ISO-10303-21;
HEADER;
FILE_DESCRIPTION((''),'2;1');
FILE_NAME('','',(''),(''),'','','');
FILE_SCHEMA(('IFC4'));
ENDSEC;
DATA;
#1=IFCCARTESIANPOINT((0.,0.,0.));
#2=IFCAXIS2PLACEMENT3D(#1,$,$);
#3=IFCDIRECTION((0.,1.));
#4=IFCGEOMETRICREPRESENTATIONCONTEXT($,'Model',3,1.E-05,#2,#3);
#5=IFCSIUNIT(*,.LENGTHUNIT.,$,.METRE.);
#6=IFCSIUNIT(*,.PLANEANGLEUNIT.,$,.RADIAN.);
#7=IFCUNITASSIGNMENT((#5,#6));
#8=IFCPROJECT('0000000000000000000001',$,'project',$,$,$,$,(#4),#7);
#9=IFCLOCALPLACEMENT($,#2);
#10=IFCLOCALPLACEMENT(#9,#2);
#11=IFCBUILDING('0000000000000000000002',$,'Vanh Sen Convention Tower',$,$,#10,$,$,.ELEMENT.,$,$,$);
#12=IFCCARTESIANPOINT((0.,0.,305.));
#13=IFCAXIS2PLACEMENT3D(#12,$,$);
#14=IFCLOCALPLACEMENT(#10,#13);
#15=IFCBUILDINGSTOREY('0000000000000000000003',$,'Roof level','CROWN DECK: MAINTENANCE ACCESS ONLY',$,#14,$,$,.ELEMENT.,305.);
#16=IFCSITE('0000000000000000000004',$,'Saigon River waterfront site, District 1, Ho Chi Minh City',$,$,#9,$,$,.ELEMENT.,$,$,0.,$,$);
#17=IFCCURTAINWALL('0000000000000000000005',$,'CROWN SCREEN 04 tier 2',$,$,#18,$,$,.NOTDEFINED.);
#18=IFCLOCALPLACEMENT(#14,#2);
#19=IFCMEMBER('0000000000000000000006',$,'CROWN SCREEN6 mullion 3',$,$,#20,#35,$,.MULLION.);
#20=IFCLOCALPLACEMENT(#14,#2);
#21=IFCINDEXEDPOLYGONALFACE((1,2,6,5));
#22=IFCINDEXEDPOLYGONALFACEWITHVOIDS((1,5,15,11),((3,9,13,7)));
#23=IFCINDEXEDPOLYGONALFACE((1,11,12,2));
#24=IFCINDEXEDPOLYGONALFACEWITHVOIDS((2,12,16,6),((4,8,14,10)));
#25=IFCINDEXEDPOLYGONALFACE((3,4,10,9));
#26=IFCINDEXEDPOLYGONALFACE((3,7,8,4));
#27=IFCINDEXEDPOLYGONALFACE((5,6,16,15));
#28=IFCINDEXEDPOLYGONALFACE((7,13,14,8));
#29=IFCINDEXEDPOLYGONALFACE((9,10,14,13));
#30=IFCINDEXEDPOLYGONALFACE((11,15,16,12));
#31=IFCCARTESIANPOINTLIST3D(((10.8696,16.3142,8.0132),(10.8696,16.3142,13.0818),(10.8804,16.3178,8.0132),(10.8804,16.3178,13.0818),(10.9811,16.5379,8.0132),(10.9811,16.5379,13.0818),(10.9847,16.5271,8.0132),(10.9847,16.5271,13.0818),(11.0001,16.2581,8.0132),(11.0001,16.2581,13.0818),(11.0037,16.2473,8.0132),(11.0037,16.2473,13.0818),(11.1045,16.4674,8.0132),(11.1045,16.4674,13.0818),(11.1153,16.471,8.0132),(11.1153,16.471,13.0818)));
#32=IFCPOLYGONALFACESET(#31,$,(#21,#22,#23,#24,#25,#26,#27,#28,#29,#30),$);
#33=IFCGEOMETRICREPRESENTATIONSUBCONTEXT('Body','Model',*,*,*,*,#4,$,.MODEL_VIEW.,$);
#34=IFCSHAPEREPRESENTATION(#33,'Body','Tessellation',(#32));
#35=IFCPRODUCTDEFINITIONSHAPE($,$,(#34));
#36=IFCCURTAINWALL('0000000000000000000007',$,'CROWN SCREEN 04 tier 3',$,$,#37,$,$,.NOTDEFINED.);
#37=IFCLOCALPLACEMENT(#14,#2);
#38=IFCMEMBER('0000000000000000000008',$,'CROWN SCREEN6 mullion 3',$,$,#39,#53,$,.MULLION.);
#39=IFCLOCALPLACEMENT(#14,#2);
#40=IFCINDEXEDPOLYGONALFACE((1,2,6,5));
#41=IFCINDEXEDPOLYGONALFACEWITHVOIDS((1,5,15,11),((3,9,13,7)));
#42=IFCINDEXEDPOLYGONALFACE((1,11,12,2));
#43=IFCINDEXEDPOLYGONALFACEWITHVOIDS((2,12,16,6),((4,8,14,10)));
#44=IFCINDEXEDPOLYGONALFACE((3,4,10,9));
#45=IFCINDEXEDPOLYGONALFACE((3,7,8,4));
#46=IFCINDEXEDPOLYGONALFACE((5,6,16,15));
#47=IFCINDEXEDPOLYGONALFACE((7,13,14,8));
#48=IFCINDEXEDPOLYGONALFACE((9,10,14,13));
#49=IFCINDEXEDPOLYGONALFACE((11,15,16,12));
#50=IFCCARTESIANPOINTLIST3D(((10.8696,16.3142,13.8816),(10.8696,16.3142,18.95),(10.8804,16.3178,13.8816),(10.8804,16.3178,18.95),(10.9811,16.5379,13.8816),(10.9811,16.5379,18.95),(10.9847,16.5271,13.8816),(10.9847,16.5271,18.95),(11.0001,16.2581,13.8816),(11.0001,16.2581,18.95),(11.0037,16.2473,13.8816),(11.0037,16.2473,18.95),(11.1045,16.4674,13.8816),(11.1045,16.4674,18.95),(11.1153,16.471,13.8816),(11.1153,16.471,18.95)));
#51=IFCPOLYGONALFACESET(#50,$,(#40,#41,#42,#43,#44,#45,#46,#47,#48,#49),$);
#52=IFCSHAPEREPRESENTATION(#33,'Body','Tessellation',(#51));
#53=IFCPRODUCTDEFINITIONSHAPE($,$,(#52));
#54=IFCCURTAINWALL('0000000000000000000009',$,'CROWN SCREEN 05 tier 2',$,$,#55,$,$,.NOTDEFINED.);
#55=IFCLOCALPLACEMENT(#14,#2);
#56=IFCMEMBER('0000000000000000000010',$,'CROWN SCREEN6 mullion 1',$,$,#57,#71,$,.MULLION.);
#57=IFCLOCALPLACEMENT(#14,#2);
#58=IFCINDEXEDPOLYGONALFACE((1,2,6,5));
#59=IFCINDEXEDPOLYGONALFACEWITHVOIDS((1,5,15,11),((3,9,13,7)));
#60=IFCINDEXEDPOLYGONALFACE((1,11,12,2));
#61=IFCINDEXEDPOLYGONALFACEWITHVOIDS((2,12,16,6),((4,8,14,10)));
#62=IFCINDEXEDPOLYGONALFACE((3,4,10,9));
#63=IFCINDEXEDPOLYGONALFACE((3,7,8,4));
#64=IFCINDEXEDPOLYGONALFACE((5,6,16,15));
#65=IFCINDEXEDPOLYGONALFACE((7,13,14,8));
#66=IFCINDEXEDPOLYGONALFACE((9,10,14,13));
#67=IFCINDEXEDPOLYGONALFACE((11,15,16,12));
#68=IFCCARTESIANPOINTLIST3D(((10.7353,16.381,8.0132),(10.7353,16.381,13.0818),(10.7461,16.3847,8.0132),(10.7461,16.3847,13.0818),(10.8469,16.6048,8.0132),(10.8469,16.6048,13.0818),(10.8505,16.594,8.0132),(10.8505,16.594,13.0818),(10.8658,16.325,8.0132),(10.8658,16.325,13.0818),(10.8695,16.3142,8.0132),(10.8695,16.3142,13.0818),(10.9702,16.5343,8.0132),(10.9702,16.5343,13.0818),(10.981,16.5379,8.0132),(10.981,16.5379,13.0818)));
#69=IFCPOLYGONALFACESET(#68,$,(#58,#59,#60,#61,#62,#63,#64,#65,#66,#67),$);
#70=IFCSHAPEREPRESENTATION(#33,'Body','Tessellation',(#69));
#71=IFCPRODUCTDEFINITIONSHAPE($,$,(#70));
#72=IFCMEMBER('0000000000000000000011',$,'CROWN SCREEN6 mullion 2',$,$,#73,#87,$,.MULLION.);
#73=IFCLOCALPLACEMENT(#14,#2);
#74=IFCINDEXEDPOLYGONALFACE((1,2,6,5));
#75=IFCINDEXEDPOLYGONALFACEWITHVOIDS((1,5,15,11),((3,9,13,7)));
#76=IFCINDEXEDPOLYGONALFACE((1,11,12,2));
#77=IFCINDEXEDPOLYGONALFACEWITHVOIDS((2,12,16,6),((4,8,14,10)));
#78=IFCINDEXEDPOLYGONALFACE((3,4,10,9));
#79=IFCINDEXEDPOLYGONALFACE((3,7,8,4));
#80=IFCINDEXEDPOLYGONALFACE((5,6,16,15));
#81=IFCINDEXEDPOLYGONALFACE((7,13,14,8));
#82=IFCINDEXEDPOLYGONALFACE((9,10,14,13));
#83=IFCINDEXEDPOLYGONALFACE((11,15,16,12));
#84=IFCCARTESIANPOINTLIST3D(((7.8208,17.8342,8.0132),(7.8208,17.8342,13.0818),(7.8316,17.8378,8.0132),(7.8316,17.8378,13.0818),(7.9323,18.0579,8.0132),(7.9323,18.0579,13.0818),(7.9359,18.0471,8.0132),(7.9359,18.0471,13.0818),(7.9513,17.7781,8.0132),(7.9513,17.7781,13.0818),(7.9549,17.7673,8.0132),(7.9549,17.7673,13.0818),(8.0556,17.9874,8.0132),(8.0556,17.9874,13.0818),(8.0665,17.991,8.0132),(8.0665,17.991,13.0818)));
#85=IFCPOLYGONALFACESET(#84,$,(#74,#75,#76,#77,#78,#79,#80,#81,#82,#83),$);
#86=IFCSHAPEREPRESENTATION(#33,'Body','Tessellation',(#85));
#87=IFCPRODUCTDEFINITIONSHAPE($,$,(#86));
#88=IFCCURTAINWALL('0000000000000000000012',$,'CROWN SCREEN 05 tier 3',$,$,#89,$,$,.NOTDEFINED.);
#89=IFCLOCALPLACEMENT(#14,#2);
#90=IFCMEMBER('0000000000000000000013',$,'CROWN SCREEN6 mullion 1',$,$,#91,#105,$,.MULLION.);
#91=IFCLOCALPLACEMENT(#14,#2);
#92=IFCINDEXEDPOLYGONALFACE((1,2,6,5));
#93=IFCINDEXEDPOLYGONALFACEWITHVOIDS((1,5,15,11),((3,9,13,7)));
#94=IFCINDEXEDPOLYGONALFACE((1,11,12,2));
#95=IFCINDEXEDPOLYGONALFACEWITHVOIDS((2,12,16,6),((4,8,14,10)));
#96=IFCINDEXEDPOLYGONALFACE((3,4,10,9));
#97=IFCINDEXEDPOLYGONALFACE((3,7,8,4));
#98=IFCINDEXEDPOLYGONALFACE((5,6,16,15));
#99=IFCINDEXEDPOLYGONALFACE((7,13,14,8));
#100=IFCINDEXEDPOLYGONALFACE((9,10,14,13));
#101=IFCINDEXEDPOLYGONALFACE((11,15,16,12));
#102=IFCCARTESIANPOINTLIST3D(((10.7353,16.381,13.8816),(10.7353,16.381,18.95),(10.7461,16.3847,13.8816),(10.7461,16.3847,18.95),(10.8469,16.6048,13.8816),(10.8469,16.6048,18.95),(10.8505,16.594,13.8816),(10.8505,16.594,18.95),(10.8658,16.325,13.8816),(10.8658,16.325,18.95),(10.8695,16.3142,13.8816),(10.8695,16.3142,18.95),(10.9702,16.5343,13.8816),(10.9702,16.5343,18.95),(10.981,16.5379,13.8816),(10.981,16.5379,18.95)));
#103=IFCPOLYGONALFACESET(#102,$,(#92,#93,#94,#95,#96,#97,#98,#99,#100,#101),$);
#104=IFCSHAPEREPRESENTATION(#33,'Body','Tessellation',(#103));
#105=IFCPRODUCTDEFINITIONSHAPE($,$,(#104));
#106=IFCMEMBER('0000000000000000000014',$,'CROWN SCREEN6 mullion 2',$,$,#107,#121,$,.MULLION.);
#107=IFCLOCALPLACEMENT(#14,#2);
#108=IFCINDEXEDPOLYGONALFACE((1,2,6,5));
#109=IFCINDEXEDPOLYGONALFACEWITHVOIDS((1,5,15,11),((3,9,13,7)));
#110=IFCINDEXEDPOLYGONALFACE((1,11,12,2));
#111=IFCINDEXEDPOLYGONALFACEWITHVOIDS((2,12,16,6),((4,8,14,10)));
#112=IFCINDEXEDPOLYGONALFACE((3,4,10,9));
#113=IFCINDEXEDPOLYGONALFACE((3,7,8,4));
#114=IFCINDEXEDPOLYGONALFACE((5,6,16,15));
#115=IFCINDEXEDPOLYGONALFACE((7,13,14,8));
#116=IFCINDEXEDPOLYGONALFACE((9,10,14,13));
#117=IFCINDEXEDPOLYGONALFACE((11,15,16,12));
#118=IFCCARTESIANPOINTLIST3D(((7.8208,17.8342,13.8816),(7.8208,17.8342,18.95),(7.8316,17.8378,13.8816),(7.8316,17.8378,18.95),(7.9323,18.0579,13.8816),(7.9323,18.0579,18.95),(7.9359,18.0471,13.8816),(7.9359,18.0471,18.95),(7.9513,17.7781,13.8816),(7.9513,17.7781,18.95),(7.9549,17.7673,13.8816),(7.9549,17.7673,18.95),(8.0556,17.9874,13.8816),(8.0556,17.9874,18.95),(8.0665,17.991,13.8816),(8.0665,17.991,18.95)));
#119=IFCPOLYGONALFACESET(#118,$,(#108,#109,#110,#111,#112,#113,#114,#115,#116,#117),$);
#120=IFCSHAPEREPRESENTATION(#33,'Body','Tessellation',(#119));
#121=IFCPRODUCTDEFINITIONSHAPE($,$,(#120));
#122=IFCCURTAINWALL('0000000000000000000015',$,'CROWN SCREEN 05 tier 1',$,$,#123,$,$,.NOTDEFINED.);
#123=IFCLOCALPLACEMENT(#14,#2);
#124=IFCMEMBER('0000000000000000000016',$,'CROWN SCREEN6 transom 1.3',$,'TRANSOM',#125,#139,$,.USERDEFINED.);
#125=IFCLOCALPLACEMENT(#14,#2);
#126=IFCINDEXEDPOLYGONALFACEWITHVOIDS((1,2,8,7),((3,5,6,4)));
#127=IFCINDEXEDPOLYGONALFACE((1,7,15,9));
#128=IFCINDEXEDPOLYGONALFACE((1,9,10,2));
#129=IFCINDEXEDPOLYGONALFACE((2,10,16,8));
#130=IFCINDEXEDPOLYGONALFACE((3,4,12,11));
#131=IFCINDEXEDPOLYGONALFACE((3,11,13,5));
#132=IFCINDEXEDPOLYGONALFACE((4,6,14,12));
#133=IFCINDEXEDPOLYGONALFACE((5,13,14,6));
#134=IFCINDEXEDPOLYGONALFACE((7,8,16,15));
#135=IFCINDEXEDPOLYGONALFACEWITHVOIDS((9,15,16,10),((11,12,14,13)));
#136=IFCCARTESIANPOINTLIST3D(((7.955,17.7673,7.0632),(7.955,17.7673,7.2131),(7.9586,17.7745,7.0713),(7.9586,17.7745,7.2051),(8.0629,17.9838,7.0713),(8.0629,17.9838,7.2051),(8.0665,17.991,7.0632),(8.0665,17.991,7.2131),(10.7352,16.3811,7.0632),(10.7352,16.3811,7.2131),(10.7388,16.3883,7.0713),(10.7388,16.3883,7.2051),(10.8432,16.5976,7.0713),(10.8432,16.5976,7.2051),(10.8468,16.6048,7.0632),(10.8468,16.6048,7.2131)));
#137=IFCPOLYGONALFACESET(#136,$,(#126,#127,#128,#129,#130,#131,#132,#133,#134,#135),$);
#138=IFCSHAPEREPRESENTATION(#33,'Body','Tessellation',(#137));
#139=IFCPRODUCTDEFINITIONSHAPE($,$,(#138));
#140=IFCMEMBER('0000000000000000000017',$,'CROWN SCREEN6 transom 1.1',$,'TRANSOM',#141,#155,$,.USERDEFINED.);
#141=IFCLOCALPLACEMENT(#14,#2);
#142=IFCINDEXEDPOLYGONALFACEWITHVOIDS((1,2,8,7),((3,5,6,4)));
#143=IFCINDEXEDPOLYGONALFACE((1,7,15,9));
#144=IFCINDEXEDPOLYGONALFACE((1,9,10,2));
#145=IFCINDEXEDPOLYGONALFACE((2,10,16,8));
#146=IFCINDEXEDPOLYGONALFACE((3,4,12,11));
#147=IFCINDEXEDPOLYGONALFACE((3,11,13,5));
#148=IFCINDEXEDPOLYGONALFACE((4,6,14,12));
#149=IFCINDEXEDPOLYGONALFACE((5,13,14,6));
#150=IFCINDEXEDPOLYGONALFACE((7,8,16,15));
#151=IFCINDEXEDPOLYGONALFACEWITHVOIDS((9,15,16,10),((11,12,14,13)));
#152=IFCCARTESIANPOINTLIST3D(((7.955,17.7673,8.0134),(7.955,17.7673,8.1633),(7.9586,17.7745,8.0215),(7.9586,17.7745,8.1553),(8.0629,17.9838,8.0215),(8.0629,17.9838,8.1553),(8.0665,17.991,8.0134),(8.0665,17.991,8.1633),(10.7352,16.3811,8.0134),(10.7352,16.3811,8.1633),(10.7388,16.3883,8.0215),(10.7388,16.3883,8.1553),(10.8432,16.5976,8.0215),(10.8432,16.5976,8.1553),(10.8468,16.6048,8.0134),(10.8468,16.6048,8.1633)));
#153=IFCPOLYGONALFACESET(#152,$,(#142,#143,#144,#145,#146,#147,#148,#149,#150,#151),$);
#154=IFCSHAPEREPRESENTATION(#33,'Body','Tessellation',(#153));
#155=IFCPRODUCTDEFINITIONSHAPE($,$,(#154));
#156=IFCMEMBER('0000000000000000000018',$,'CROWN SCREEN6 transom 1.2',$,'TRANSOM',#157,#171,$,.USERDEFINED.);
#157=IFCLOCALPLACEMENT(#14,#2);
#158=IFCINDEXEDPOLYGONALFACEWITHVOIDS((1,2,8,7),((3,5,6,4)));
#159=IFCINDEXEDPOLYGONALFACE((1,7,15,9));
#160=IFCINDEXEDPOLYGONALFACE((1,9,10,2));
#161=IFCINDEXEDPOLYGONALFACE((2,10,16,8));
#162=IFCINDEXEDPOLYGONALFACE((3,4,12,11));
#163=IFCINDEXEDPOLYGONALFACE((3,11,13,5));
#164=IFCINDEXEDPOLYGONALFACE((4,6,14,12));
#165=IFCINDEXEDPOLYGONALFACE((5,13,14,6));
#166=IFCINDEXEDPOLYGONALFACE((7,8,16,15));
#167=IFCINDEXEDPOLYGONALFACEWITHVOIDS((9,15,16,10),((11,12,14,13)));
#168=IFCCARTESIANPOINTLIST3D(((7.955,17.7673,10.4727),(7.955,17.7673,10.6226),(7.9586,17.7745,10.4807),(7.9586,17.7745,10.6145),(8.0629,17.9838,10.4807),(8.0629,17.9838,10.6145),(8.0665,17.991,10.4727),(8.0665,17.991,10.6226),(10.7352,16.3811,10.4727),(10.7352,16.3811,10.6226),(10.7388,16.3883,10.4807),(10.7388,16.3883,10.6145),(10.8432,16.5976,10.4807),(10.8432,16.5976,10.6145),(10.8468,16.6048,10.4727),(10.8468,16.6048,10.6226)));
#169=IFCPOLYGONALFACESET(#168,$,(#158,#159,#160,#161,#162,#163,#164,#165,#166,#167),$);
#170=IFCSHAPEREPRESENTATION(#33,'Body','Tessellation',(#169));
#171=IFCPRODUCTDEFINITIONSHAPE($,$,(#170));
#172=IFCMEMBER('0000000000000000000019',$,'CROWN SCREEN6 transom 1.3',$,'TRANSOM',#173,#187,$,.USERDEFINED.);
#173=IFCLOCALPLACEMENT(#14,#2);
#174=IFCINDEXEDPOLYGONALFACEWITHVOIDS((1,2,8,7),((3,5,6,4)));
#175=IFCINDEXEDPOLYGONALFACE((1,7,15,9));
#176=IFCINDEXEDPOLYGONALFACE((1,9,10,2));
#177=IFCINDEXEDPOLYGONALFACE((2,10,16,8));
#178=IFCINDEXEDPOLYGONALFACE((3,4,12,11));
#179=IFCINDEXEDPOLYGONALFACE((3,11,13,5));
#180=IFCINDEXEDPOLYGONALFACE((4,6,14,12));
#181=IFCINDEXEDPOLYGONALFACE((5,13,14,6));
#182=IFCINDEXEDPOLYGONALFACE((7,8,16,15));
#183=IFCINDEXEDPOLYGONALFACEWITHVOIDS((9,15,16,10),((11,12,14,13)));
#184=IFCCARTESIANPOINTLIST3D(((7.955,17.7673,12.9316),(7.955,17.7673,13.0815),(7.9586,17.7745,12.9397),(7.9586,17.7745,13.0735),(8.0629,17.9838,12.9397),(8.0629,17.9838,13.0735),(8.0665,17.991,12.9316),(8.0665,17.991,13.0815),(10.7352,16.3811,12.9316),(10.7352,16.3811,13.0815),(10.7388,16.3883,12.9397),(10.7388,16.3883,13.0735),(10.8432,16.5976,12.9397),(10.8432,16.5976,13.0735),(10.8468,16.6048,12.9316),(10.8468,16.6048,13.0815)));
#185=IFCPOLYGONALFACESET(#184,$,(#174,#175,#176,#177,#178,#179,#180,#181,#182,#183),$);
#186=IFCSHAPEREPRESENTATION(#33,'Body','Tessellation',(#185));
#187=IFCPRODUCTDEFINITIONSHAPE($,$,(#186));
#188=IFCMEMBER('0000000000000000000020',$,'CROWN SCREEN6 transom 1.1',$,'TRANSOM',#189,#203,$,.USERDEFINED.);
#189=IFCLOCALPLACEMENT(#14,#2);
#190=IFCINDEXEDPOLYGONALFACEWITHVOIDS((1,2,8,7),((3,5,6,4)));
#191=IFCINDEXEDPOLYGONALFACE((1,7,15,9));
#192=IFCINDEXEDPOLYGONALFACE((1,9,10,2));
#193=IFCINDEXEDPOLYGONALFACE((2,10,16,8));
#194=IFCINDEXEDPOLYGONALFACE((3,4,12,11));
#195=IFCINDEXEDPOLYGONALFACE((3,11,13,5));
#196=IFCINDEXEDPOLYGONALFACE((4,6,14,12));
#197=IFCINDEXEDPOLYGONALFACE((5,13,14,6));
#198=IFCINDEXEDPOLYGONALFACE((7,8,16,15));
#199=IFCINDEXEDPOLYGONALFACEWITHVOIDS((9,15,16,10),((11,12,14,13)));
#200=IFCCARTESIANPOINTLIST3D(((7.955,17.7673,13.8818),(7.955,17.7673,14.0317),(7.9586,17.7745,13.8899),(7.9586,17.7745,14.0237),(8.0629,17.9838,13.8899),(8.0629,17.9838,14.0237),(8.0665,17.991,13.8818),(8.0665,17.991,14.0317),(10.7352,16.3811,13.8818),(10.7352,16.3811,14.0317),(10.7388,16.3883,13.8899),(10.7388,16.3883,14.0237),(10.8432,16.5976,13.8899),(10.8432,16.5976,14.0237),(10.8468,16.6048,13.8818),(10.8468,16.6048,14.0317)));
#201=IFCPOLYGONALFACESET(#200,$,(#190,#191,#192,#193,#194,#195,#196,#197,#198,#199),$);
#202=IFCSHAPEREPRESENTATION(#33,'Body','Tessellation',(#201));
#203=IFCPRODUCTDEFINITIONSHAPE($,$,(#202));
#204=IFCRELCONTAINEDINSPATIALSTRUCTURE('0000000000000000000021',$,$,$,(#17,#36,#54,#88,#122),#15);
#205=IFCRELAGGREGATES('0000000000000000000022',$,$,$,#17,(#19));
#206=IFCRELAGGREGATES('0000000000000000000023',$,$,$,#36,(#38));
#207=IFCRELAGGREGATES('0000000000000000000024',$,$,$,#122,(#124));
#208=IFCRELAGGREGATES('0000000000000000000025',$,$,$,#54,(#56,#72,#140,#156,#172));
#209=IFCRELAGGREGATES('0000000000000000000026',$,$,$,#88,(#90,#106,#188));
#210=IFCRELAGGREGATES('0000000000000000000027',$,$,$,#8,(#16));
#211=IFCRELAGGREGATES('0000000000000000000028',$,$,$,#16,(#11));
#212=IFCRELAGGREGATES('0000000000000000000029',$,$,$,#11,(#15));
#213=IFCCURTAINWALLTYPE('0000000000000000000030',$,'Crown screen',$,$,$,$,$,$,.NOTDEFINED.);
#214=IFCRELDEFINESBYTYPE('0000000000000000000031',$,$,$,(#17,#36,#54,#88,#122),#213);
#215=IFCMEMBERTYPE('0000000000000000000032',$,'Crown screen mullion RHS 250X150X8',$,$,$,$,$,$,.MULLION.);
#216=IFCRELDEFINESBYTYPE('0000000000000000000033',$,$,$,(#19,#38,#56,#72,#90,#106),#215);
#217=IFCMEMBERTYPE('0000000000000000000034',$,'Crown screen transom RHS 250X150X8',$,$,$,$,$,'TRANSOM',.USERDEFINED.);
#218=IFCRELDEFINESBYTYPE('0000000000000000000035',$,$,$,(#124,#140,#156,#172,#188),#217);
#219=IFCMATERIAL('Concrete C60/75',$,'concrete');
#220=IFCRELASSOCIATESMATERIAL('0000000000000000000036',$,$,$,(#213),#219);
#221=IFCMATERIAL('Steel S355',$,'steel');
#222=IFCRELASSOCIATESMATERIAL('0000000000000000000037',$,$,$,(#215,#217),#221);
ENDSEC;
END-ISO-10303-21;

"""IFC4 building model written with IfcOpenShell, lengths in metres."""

from ifc_helpers import new_model, si_unit, direction, frame, origin, origin_2d, place, context, subcontext, project, spatial, hollow_rectangle, extrude, material, material_profile, profile_set, type_object, element, aggregate, save


model = new_model("IFC4")

# Units and contexts
model_context = context("Model", 3, precision=1e-05, world=origin(), true_north=direction((0.0, 1.0)))
body_context = subcontext(model_context, "Body", "Model", "MODEL_VIEW")
ifc_project = project(units=[si_unit("LENGTHUNIT", "METRE"), si_unit("PLANEANGLEUNIT", "RADIAN")], contexts=[model_context])

# Site, building, storey
site_placement = place(None, origin())
site = spatial("IfcSite", under=ifc_project, at=site_placement, Name="Saigon River waterfront site, District 1, Ho Chi Minh City", CompositionType="ELEMENT", RefElevation=0.0)
building_placement = place(site_placement, origin())
building = spatial("IfcBuilding", under=site, at=building_placement, Name="Vanh Sen Convention Tower", CompositionType="ELEMENT")
storey_placement = place(building_placement, frame((0.0, 0.0, 305.0)))
storey = spatial("IfcBuildingStorey", under=building, at=storey_placement, Name="Roof level", Description="CROWN DECK: MAINTENANCE ACCESS ONLY", CompositionType="ELEMENT", Elevation=305.0)

# Curtain walls, members
ifc_material_1 = material(Name="Concrete C60/75", Category="concrete")
curtain_wall_type = type_object("IfcCurtainWallType", Name="Crown screen", PredefinedType="NOTDEFINED", material=ifc_material_1)
curtain_wall_1_placement = place(storey_placement, origin())
curtain_wall_1 = element("IfcCurtainWall", 1, at=curtain_wall_1_placement, inside=storey, type_object=curtain_wall_type, Name="CROWN SCREEN 04 tier 2", PredefinedType="NOTDEFINED")
ifc_material_2 = material(Name="Steel S355", Category="steel")
ifc_material_profile_1 = material_profile(ifc_material_2, hollow_rectangle(XDim=0.25, YDim=0.1499, WallThickness=0.0081, at=origin_2d()), Name="RHS 250X150X8")
ifc_profile_set_1 = profile_set([ifc_material_profile_1], Name="Steel S355")
member_type_1 = type_object("IfcMemberType", Name="Crown screen mullion RHS 250X150X8", PredefinedType="MULLION", material=ifc_profile_set_1)
member_1_placement = place(storey_placement, frame((10.9924, 16.3926, 8.0132), z_axis=(0.0, 0.0, 1.0), x_axis=(-0.446205, -0.894931, 0.0)))
member_1 = element("IfcMember", 2, at=member_1_placement, type_object=member_type_1, Name="CROWN SCREEN6 mullion 3", PredefinedType="MULLION", context=body_context, shape_type="SweptSolid", body=[
    extrude(hollow_rectangle(XDim=0.25, YDim=0.1499, WallThickness=0.0081, at=origin_2d()), origin(), (0.0, 0.0, 1.0), 5.0686),
])
aggregate(curtain_wall_1, [member_1])
curtain_wall_2_placement = place(storey_placement, origin())
curtain_wall_2 = element("IfcCurtainWall", 3, at=curtain_wall_2_placement, inside=storey, type_object=curtain_wall_type, Name="CROWN SCREEN 04 tier 3", PredefinedType="NOTDEFINED")
member_2_placement = place(storey_placement, frame((10.9924, 16.3926, 13.8816), z_axis=(0.0, 0.0, 1.0), x_axis=(-0.446205, -0.894931, 0.0)))
member_2 = element("IfcMember", 4, at=member_2_placement, type_object=member_type_1, Name="CROWN SCREEN6 mullion 3", PredefinedType="MULLION", context=body_context, shape_type="SweptSolid", body=[
    extrude(hollow_rectangle(XDim=0.25, YDim=0.1499, WallThickness=0.0081, at=origin_2d()), origin(), (0.0, 0.0, 1.0), 5.0684),
])
aggregate(curtain_wall_2, [member_2])

# Curtain walls, members
curtain_wall_3_placement = place(storey_placement, origin())
curtain_wall_3 = element("IfcCurtainWall", 5, at=curtain_wall_3_placement, inside=storey, type_object=curtain_wall_type, Name="CROWN SCREEN 05 tier 2", PredefinedType="NOTDEFINED")
member_3_placement = place(storey_placement, frame((10.8582, 16.4595, 8.0132), z_axis=(0.0, 0.0, 1.0), x_axis=(-0.446193, -0.894937, 0.0)))
member_3 = element("IfcMember", 6, at=member_3_placement, type_object=member_type_1, Name="CROWN SCREEN6 mullion 1", PredefinedType="MULLION", context=body_context, shape_type="SweptSolid", body=[
    extrude(hollow_rectangle(XDim=0.25, YDim=0.1499, WallThickness=0.0081, at=origin_2d()), origin(), (0.0, 0.0, 1.0), 5.0686),
])
member_4_placement = place(storey_placement, frame((7.9436, 17.9126, 8.0132), z_axis=(0.0, 0.0, 1.0), x_axis=(-0.446193, -0.894937, 0.0)))
member_4 = element("IfcMember", 7, at=member_4_placement, type_object=member_type_1, Name="CROWN SCREEN6 mullion 2", PredefinedType="MULLION", context=body_context, shape_type="SweptSolid", body=[
    extrude(hollow_rectangle(XDim=0.25, YDim=0.1499, WallThickness=0.0081, at=origin_2d()), origin(), (0.0, 0.0, 1.0), 5.0686),
])
curtain_wall_4_placement = place(storey_placement, origin())
curtain_wall_4 = element("IfcCurtainWall", 8, at=curtain_wall_4_placement, inside=storey, type_object=curtain_wall_type, Name="CROWN SCREEN 05 tier 3", PredefinedType="NOTDEFINED")
member_5_placement = place(storey_placement, frame((10.8582, 16.4595, 13.8816), z_axis=(0.0, 0.0, 1.0), x_axis=(-0.446193, -0.894937, 0.0)))
member_5 = element("IfcMember", 9, at=member_5_placement, type_object=member_type_1, Name="CROWN SCREEN6 mullion 1", PredefinedType="MULLION", context=body_context, shape_type="SweptSolid", body=[
    extrude(hollow_rectangle(XDim=0.25, YDim=0.1499, WallThickness=0.0081, at=origin_2d()), origin(), (0.0, 0.0, 1.0), 5.0684),
])
member_6_placement = place(storey_placement, frame((7.9436, 17.9126, 13.8816), z_axis=(0.0, 0.0, 1.0), x_axis=(-0.446193, -0.894937, 0.0)))
member_6 = element("IfcMember", 10, at=member_6_placement, type_object=member_type_1, Name="CROWN SCREEN6 mullion 2", PredefinedType="MULLION", context=body_context, shape_type="SweptSolid", body=[
    extrude(hollow_rectangle(XDim=0.25, YDim=0.1499, WallThickness=0.0081, at=origin_2d()), origin(), (0.0, 0.0, 1.0), 5.0684),
])

# Curtain wall, member
curtain_wall_5_placement = place(storey_placement, origin())
curtain_wall_5 = element("IfcCurtainWall", 11, at=curtain_wall_5_placement, inside=storey, type_object=curtain_wall_type, Name="CROWN SCREEN 05 tier 1", PredefinedType="NOTDEFINED")
ifc_material_profile_2 = material_profile(ifc_material_2, hollow_rectangle(XDim=0.25, YDim=0.1499, WallThickness=0.0081, at=origin_2d()), Name="RHS 250X150X8")
ifc_profile_set_2 = profile_set([ifc_material_profile_2], Name="Steel S355")
member_type_2 = type_object("IfcMemberType", Name="Crown screen transom RHS 250X150X8", ElementType="TRANSOM", PredefinedType="USERDEFINED", material=ifc_profile_set_2)
member_7_placement = place(storey_placement, frame((10.791, 16.4929, 7.1382), z_axis=(-0.89493, 0.446207, 0.0), x_axis=(-0.446207, -0.89493, 0.0)))
member_7 = element("IfcMember", 12, at=member_7_placement, type_object=member_type_2, Name="CROWN SCREEN6 transom 1.3", ObjectType="TRANSOM", PredefinedType="USERDEFINED", context=body_context, shape_type="SweptSolid", body=[
    extrude(hollow_rectangle(XDim=0.25, YDim=0.1499, WallThickness=0.0081, at=origin_2d()), origin(), (0.0, 0.0, 1.0), 3.1067),
])
aggregate(curtain_wall_5, [member_7])

# Members
member_8_placement = place(storey_placement, frame((10.791, 16.4929, 8.0884), z_axis=(-0.89493, 0.446207, 0.0), x_axis=(-0.446207, -0.89493, 0.0)))
member_8 = element("IfcMember", 13, at=member_8_placement, type_object=member_type_2, Name="CROWN SCREEN6 transom 1.1", ObjectType="TRANSOM", PredefinedType="USERDEFINED", context=body_context, shape_type="SweptSolid", body=[
    extrude(hollow_rectangle(XDim=0.25, YDim=0.1499, WallThickness=0.0081, at=origin_2d()), origin(), (0.0, 0.0, 1.0), 3.1067),
])
member_9_placement = place(storey_placement, frame((10.791, 16.4929, 10.5476), z_axis=(-0.89493, 0.446207, 0.0), x_axis=(-0.446207, -0.89493, 0.0)))
member_9 = element("IfcMember", 14, at=member_9_placement, type_object=member_type_2, Name="CROWN SCREEN6 transom 1.2", ObjectType="TRANSOM", PredefinedType="USERDEFINED", context=body_context, shape_type="SweptSolid", body=[
    extrude(hollow_rectangle(XDim=0.25, YDim=0.1499, WallThickness=0.0081, at=origin_2d()), origin(), (0.0, 0.0, 1.0), 3.1067),
])
member_10_placement = place(storey_placement, frame((10.791, 16.4929, 13.0066), z_axis=(-0.89493, 0.446207, 0.0), x_axis=(-0.446207, -0.89493, 0.0)))
member_10 = element("IfcMember", 15, at=member_10_placement, type_object=member_type_2, Name="CROWN SCREEN6 transom 1.3", ObjectType="TRANSOM", PredefinedType="USERDEFINED", context=body_context, shape_type="SweptSolid", body=[
    extrude(hollow_rectangle(XDim=0.25, YDim=0.1499, WallThickness=0.0081, at=origin_2d()), origin(), (0.0, 0.0, 1.0), 3.1067),
])
member_11_placement = place(storey_placement, frame((10.791, 16.4929, 13.9568), z_axis=(-0.89493, 0.446207, 0.0), x_axis=(-0.446207, -0.89493, 0.0)))
member_11 = element("IfcMember", 16, at=member_11_placement, type_object=member_type_2, Name="CROWN SCREEN6 transom 1.1", ObjectType="TRANSOM", PredefinedType="USERDEFINED", context=body_context, shape_type="SweptSolid", body=[
    extrude(hollow_rectangle(XDim=0.25, YDim=0.1499, WallThickness=0.0081, at=origin_2d()), origin(), (0.0, 0.0, 1.0), 3.1067),
])

aggregate(curtain_wall_3, [member_3, member_4, member_8, member_9, member_10])
aggregate(curtain_wall_4, [member_5, member_6, member_11])

save(model, "model.ifc")
